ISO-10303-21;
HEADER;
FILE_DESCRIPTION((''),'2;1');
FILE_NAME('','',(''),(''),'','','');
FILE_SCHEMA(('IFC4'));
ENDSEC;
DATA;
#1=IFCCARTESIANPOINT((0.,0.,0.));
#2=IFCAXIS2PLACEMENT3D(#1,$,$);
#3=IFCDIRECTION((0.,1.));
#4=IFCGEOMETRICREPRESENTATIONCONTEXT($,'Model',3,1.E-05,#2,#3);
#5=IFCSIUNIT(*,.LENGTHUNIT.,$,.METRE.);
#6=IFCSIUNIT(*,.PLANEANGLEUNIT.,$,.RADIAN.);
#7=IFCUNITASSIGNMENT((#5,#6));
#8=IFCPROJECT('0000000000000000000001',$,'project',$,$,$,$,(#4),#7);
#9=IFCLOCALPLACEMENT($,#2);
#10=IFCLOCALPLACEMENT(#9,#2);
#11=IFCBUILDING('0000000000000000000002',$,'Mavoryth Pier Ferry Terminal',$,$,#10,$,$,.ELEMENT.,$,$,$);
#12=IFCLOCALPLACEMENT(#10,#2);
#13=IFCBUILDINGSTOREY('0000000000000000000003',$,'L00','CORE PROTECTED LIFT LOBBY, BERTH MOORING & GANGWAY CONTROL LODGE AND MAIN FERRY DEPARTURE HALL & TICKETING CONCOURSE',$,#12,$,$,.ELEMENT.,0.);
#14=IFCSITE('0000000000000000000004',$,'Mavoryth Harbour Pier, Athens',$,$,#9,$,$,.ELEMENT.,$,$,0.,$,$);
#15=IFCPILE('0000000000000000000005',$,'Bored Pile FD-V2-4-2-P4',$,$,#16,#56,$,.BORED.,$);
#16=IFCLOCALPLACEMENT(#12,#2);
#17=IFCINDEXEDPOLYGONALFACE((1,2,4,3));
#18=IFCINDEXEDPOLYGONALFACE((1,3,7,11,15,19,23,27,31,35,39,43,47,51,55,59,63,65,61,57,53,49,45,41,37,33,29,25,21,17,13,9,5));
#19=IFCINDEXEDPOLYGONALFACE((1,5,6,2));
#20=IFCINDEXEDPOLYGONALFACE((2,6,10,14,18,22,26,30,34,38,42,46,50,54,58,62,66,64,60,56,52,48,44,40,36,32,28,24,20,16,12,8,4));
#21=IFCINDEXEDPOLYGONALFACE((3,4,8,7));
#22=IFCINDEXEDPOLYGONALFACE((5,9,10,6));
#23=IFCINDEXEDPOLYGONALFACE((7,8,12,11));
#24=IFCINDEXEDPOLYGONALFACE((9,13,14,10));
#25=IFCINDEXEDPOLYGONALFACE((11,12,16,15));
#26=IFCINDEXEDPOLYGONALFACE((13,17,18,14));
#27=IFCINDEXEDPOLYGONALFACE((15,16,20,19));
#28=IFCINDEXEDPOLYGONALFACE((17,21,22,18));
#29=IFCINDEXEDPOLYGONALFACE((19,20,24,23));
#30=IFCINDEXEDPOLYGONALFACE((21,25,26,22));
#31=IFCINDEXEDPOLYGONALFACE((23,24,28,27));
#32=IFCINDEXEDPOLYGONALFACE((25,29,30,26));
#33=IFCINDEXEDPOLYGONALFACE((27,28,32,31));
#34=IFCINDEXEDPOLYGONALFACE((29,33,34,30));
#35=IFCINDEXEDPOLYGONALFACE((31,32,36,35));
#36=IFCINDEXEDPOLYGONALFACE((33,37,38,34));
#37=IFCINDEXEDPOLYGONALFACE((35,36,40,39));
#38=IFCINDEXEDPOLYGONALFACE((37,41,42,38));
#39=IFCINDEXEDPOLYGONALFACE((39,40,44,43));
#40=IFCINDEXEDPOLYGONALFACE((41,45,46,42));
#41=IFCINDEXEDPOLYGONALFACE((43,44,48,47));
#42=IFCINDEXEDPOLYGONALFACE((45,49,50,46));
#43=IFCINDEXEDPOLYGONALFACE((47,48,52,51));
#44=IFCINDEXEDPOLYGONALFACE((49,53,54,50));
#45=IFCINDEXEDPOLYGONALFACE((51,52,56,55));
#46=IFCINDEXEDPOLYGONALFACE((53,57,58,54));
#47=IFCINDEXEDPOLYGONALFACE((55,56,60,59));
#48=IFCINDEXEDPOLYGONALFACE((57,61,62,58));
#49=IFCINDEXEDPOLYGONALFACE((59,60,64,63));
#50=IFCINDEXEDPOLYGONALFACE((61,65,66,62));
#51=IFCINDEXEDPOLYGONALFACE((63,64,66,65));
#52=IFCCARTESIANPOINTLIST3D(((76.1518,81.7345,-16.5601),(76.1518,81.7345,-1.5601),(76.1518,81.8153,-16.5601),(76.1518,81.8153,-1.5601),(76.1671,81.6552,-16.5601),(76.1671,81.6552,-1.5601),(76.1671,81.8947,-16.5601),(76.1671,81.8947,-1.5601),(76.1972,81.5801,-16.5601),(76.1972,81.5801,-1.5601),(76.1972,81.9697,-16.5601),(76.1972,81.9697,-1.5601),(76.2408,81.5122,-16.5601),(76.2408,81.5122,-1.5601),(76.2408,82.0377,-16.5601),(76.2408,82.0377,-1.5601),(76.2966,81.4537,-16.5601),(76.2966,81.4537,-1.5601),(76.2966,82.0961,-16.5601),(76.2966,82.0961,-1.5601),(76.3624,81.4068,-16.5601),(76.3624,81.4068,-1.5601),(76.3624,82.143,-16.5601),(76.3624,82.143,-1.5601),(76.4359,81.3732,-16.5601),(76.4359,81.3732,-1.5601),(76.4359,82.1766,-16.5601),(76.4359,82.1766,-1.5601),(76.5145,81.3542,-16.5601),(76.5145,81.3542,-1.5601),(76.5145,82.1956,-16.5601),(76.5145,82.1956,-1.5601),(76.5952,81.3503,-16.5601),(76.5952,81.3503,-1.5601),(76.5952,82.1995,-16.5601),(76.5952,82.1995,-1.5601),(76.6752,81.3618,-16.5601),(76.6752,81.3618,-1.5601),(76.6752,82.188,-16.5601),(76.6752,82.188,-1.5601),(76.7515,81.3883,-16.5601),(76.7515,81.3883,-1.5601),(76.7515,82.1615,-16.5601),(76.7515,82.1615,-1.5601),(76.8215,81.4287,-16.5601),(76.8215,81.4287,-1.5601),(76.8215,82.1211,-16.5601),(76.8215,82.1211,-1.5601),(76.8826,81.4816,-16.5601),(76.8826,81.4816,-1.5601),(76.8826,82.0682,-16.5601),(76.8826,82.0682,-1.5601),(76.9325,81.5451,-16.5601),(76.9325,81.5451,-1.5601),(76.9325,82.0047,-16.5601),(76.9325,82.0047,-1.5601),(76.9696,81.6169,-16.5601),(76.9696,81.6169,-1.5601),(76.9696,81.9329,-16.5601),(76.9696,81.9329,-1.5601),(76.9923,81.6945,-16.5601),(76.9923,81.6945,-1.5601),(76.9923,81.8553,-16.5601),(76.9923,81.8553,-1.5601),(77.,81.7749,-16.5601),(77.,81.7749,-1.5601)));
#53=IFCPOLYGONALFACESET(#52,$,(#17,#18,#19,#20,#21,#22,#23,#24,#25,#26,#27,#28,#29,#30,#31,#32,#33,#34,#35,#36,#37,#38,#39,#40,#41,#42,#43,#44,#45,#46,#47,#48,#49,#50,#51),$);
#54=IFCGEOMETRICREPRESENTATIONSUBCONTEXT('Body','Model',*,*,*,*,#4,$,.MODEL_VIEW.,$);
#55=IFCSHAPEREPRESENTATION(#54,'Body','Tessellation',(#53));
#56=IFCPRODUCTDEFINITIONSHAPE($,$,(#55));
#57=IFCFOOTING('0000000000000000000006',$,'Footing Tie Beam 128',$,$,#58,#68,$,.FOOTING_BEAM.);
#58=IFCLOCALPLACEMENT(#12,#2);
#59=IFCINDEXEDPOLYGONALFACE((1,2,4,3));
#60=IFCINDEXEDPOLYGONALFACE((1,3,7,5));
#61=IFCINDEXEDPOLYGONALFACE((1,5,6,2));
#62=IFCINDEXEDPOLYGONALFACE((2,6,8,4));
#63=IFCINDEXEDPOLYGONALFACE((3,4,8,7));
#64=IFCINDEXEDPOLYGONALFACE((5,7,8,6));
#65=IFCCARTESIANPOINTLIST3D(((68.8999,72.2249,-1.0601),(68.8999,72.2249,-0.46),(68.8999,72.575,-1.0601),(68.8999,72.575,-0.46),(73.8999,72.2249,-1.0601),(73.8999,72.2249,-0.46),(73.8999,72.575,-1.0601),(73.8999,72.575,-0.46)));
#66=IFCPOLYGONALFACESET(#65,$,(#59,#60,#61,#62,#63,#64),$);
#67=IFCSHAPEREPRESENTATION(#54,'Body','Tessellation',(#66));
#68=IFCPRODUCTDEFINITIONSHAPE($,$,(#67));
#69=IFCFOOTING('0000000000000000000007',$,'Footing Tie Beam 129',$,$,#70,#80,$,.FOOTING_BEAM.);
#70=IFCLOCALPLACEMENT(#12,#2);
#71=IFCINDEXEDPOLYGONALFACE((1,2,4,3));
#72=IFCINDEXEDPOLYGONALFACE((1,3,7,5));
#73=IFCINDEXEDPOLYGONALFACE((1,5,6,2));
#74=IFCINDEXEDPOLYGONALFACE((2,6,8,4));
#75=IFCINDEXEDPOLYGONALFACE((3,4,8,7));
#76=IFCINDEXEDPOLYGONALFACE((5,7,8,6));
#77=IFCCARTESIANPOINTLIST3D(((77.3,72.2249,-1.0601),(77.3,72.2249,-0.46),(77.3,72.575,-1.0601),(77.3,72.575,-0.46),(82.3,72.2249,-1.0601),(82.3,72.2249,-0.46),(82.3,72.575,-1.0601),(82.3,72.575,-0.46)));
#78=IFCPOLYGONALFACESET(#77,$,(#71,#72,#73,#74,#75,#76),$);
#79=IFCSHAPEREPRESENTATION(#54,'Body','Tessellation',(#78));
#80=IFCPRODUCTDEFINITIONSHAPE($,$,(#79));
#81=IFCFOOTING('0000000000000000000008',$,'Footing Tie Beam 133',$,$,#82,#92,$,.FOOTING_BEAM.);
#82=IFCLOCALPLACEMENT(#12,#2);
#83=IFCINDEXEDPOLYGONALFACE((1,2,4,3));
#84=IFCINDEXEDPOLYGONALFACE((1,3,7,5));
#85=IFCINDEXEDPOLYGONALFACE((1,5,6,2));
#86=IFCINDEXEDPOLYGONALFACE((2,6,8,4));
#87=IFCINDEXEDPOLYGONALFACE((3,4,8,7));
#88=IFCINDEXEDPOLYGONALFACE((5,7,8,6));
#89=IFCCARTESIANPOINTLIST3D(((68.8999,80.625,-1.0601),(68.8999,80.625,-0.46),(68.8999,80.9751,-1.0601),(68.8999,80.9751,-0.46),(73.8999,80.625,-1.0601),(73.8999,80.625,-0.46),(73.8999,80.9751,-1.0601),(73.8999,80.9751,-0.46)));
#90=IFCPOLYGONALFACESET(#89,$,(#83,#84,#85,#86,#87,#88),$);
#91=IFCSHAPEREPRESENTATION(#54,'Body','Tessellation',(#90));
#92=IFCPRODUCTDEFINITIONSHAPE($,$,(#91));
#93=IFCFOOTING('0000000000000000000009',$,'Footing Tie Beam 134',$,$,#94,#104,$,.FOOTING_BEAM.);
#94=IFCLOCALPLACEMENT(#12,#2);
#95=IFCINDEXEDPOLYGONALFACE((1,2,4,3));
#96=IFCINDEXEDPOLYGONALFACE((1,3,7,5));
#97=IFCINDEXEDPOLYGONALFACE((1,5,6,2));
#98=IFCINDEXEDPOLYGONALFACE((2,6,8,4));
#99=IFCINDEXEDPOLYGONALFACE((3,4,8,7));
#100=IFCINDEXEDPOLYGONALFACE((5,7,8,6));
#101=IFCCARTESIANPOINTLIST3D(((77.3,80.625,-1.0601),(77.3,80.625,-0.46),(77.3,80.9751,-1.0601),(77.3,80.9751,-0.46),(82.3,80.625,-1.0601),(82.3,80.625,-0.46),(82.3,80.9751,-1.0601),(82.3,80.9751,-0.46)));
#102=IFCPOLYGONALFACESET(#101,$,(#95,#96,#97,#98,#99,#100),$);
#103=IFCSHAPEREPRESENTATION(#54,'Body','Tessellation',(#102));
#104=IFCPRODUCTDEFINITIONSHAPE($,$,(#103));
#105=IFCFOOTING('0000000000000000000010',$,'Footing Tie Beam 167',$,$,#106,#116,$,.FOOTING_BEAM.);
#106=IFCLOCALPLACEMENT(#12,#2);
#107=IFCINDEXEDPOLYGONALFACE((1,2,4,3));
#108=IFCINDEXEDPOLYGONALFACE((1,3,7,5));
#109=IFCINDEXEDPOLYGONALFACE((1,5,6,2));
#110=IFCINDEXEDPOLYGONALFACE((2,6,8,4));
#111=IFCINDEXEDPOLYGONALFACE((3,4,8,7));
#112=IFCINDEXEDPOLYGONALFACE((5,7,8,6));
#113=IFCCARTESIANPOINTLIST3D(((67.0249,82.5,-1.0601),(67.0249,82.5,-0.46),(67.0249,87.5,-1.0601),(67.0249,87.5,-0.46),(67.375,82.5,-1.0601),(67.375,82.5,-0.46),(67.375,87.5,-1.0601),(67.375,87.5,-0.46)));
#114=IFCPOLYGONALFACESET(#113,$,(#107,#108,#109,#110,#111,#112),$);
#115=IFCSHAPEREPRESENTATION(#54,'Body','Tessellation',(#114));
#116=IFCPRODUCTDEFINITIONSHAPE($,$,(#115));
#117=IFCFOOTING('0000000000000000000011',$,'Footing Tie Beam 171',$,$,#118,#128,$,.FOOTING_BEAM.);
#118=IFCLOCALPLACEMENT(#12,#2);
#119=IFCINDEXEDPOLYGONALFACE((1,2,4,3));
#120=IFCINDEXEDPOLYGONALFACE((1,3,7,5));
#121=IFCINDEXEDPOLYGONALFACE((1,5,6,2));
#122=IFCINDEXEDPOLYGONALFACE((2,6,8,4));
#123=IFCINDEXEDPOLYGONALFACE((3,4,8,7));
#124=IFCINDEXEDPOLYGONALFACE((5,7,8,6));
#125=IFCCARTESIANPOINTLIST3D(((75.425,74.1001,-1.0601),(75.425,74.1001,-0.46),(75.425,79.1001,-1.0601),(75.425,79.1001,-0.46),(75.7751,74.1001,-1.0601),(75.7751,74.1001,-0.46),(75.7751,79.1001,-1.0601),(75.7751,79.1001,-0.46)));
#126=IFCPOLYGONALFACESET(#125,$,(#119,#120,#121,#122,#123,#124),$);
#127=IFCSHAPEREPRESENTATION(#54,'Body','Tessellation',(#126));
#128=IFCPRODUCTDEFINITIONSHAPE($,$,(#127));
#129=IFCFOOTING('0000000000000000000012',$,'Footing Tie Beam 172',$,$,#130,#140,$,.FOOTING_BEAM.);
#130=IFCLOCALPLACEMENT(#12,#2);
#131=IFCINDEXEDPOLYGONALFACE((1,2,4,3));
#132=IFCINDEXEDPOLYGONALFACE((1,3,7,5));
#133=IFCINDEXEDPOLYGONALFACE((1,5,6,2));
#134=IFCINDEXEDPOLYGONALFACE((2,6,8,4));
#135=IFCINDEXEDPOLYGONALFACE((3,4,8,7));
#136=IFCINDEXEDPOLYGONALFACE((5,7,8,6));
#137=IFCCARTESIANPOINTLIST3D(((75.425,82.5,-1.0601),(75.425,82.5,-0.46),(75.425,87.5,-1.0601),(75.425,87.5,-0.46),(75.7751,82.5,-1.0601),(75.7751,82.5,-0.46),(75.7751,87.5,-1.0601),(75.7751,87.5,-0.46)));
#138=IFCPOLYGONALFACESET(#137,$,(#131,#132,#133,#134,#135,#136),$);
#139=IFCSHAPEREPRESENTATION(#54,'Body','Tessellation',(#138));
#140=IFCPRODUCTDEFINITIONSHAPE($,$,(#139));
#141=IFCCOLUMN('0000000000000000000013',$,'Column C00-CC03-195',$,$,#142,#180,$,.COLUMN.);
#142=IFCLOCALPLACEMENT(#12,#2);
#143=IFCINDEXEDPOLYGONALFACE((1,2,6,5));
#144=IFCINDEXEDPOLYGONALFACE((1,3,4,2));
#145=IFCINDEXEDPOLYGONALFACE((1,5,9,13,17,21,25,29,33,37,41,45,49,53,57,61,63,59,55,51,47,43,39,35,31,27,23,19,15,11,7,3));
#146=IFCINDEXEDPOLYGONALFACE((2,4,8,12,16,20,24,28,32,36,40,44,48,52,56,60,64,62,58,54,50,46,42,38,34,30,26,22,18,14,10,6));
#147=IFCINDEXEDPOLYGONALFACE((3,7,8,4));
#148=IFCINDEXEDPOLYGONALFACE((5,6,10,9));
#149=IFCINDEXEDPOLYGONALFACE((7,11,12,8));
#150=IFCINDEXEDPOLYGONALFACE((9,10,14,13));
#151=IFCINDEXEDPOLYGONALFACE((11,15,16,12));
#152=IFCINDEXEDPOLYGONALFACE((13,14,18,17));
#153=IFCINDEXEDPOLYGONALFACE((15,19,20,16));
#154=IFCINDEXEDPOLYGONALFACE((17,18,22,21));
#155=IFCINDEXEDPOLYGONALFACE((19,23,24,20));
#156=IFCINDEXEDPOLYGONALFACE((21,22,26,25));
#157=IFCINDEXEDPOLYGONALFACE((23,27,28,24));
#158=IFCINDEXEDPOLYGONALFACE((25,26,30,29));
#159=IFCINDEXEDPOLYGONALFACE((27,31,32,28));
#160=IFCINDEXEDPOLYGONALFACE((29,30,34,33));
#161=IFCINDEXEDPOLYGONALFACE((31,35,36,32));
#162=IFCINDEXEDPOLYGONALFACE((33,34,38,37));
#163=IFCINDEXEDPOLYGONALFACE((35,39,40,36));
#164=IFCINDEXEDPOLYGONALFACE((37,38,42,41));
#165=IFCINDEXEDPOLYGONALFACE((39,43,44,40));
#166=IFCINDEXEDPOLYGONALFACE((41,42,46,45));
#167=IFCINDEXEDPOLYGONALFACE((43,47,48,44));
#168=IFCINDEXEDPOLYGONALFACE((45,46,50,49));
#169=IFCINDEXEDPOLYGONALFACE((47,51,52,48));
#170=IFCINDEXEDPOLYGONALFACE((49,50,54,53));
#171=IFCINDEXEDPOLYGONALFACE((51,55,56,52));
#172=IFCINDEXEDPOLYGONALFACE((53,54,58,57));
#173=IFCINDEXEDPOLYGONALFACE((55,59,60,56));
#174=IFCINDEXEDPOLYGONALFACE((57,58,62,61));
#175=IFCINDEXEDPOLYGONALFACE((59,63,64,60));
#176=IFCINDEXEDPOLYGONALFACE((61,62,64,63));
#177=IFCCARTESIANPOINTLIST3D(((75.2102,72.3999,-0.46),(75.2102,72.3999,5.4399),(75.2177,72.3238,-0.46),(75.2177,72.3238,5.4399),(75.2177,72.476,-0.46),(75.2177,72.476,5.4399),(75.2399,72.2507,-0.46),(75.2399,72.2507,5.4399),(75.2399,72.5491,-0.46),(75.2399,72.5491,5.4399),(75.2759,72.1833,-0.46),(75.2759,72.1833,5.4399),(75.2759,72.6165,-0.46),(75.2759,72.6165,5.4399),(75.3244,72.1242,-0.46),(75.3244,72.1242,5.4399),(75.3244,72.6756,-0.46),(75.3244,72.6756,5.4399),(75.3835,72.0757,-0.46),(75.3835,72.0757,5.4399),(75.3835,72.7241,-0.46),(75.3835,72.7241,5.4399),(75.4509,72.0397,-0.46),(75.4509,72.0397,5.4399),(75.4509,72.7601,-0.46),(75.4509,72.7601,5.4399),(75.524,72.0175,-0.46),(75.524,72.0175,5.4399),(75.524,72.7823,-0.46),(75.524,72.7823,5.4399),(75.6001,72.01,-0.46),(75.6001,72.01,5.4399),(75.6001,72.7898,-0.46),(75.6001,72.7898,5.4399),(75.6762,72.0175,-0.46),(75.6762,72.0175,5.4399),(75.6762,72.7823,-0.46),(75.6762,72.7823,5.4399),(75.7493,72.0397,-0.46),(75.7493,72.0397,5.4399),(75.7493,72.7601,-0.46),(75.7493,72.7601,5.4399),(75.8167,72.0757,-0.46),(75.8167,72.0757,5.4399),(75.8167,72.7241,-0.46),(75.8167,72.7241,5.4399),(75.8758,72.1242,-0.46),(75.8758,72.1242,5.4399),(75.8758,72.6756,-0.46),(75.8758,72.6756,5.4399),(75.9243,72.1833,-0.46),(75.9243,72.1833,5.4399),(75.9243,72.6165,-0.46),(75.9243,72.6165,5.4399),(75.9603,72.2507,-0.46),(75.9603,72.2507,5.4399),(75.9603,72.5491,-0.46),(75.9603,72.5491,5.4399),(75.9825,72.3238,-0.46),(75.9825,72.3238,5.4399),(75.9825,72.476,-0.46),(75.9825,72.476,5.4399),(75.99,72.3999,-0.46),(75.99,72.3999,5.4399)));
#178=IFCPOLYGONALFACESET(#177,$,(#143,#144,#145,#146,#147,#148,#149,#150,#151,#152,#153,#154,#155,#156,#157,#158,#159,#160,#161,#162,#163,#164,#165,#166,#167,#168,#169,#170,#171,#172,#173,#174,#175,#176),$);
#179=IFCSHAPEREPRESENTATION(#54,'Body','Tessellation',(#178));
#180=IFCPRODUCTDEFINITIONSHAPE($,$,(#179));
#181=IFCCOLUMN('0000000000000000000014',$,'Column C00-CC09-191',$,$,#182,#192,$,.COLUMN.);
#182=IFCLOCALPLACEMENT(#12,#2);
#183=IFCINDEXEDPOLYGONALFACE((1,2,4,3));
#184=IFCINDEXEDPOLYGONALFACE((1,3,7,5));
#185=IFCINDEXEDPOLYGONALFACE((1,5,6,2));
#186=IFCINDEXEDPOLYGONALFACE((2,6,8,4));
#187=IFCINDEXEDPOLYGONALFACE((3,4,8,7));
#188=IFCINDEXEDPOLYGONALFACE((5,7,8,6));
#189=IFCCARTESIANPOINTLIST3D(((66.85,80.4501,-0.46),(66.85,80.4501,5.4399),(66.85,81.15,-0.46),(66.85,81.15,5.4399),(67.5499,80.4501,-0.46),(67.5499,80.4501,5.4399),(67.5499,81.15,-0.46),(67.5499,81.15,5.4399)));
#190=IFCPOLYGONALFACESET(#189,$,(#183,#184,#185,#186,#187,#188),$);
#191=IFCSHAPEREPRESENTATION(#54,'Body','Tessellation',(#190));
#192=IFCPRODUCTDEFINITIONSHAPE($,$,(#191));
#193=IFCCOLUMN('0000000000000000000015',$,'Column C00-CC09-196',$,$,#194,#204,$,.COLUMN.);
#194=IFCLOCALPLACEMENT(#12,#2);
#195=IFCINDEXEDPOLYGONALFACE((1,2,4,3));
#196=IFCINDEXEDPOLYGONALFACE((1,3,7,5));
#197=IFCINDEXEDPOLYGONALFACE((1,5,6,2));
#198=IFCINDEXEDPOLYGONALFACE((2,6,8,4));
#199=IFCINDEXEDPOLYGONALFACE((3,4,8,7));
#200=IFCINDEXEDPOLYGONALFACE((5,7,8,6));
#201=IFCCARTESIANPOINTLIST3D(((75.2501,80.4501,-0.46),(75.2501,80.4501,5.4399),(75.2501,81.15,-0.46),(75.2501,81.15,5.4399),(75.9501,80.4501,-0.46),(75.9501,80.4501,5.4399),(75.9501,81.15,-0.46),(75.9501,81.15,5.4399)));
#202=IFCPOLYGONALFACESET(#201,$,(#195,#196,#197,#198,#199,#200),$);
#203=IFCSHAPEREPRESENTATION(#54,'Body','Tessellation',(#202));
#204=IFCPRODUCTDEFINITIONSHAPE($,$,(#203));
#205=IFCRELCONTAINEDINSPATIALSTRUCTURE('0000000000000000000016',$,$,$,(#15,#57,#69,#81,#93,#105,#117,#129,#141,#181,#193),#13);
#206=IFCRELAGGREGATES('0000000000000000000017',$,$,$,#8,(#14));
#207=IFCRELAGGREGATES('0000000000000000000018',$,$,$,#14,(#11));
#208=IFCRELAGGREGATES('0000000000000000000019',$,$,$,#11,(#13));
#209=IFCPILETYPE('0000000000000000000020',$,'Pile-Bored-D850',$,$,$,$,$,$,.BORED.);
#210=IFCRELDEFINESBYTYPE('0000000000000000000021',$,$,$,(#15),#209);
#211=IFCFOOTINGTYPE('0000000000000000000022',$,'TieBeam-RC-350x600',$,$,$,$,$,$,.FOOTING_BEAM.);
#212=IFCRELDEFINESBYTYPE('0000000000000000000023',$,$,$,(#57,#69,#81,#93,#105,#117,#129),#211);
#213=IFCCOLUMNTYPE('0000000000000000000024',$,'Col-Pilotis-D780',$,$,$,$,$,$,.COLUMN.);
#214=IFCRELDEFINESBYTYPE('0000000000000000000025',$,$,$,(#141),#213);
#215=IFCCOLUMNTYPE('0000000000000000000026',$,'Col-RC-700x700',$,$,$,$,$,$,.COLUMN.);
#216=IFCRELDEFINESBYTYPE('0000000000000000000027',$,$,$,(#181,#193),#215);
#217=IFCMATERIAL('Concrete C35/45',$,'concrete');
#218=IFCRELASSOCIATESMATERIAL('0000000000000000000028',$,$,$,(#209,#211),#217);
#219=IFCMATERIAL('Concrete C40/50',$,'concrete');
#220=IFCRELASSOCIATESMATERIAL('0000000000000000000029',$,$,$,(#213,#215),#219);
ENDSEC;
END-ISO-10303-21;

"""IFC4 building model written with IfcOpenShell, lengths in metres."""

from ifc_helpers import new_model, si_unit, direction, frame, origin, origin_2d, place, context, subcontext, project, spatial, rectangle, circle, extrude, material, material_profile, profile_set, type_object, element, save


model = new_model("IFC4")

# Units and contexts
model_context = context("Model", 3, precision=1e-05, world=origin(), true_north=direction((0.0, 1.0)))
body_context = subcontext(model_context, "Body", "Model", "MODEL_VIEW")
ifc_project = project(units=[si_unit("LENGTHUNIT", "METRE"), si_unit("PLANEANGLEUNIT", "RADIAN")], contexts=[model_context])

# Site, building, storey
site_placement = place(None, origin())
site = spatial("IfcSite", under=ifc_project, at=site_placement, Name="Mavoryth Harbour Pier, Athens", CompositionType="ELEMENT", RefElevation=0.0)
building_placement = place(site_placement, origin())
building = spatial("IfcBuilding", under=site, at=building_placement, Name="Mavoryth Pier Ferry Terminal", CompositionType="ELEMENT")
storey_placement = place(building_placement, origin())
storey = spatial("IfcBuildingStorey", under=building, at=storey_placement, Name="L00", Description="CORE PROTECTED LIFT LOBBY, BERTH MOORING & GANGWAY CONTROL LODGE AND MAIN FERRY DEPARTURE HALL & TICKETING CONCOURSE", CompositionType="ELEMENT", Elevation=0.0)

# Shared definitions
ifc_material_1 = material(Name="Concrete C35/45", Category="concrete")

# Pile
ifc_material_profile_1 = material_profile(ifc_material_1, circle(Radius=0.425, at=origin_2d()), Name="PILE D850", Category="concrete")
ifc_profile_set_1 = profile_set([ifc_material_profile_1], Name="Concrete C35/45 - PILE D850")
pile_type = type_object("IfcPileType", Name="Pile-Bored-D850", PredefinedType="BORED", material=ifc_profile_set_1)
for number, where, z_axis, x_axis, name in (
    (1, (76.575, 81.7749, -1.5601), (0.0, 0.0, -1.0), (1.0, 0.0, 0.0), "Bored Pile FD-V2-4-2-P4"),
):
    element("IfcPile", number, at=place(storey_placement, frame(where, z_axis=z_axis, x_axis=x_axis)), inside=storey, type_object=pile_type, Name=name, PredefinedType="BORED", context=body_context, shape_type="SweptSolid", body=[
        extrude(circle(Radius=0.425, at=origin_2d()), origin(), (0.0, 0.0, 1.0), 15.0),
    ])

# Footings
ifc_material_profile_2 = material_profile(ifc_material_1, rectangle(XDim=0.3501, YDim=0.6001, at=origin_2d()), Name="RC 350x600", Category="concrete")
ifc_profile_set_2 = profile_set([ifc_material_profile_2], Name="Concrete C35/45 - RC 350x600")
footing_type_1 = type_object("IfcFootingType", Name="TieBeam-RC-350x600", PredefinedType="FOOTING_BEAM", material=ifc_profile_set_2)
for number, where, z_axis, x_axis, name in (
    (2, (68.8999, 72.3999, -0.76), (1.0, 0.0, 0.0), (0.0, 1.0, 0.0), "Footing Tie Beam 128"),
    (3, (77.3, 72.3999, -0.76), (1.0, 0.0, 0.0), (0.0, 1.0, 0.0), "Footing Tie Beam 129"),
    (4, (68.8999, 80.8, -0.76), (1.0, 0.0, 0.0), (0.0, 1.0, 0.0), "Footing Tie Beam 133"),
    (5, (77.3, 80.8, -0.76), (1.0, 0.0, 0.0), (0.0, 1.0, 0.0), "Footing Tie Beam 134"),
    (6, (67.2, 82.5, -0.76), (0.0, 1.0, 0.0), (-1.0, 0.0, 0.0), "Footing Tie Beam 167"),
    (7, (75.6001, 74.1001, -0.76), (0.0, 1.0, 0.0), (-1.0, 0.0, 0.0), "Footing Tie Beam 171"),
    (8, (75.6001, 82.5, -0.76), (0.0, 1.0, 0.0), (-1.0, 0.0, 0.0), "Footing Tie Beam 172"),
):
    element("IfcFooting", number, at=place(storey_placement, frame(where, z_axis=z_axis, x_axis=x_axis)), inside=storey, type_object=footing_type_1, Name=name, PredefinedType="FOOTING_BEAM", context=body_context, shape_type="SweptSolid", body=[
        extrude(rectangle(XDim=0.3501, YDim=0.6001, at=origin_2d()), origin(), (0.0, 0.0, 1.0), 5.0),
    ])

# Columns
ifc_material_2 = material(Name="Concrete C40/50", Category="concrete")
ifc_material_profile_3 = material_profile(ifc_material_2, circle(Radius=0.3899, at=origin_2d()), Name="RC D780", Category="concrete")
ifc_profile_set_3 = profile_set([ifc_material_profile_3], Name="Concrete C40/50 - RC D780")
column_type_1 = type_object("IfcColumnType", Name="Col-Pilotis-D780", PredefinedType="COLUMN", material=ifc_profile_set_3)
column_placement = place(storey_placement, frame((75.6001, 72.3999, -0.46), z_axis=(0.0, 0.0, 1.0), x_axis=(1.0, 0.0, 0.0)))
element("IfcColumn", 9, at=column_placement, inside=storey, type_object=column_type_1, Name="Column C00-CC03-195", PredefinedType="COLUMN", context=body_context, shape_type="SweptSolid", body=[
    extrude(circle(Radius=0.3899, at=origin_2d()), origin(), (0.0, 0.0, 1.0), 5.8999),
])
ifc_material_profile_4 = material_profile(ifc_material_2, rectangle(XDim=0.7, YDim=0.7, at=origin_2d()), Name="RC 700x700", Category="concrete")
ifc_profile_set_4 = profile_set([ifc_material_profile_4], Name="Concrete C40/50 - RC 700x700")
column_type_2 = type_object("IfcColumnType", Name="Col-RC-700x700", PredefinedType="COLUMN", material=ifc_profile_set_4)
for number, where, z_axis, x_axis, name in (
    (10, (67.2, 80.8, -0.46), (0.0, 0.0, 1.0), (1.0, 0.0, 0.0), "Column C00-CC09-191"),
    (11, (75.6001, 80.8, -0.46), (0.0, 0.0, 1.0), (1.0, 0.0, 0.0), "Column C00-CC09-196"),
):
    element("IfcColumn", number, at=place(storey_placement, frame(where, z_axis=z_axis, x_axis=x_axis)), inside=storey, type_object=column_type_2, Name=name, PredefinedType="COLUMN", context=body_context, shape_type="SweptSolid", body=[
        extrude(rectangle(XDim=0.7, YDim=0.7, at=origin_2d()), origin(), (0.0, 0.0, 1.0), 5.8999),
    ])

save(model, "model.ifc")
